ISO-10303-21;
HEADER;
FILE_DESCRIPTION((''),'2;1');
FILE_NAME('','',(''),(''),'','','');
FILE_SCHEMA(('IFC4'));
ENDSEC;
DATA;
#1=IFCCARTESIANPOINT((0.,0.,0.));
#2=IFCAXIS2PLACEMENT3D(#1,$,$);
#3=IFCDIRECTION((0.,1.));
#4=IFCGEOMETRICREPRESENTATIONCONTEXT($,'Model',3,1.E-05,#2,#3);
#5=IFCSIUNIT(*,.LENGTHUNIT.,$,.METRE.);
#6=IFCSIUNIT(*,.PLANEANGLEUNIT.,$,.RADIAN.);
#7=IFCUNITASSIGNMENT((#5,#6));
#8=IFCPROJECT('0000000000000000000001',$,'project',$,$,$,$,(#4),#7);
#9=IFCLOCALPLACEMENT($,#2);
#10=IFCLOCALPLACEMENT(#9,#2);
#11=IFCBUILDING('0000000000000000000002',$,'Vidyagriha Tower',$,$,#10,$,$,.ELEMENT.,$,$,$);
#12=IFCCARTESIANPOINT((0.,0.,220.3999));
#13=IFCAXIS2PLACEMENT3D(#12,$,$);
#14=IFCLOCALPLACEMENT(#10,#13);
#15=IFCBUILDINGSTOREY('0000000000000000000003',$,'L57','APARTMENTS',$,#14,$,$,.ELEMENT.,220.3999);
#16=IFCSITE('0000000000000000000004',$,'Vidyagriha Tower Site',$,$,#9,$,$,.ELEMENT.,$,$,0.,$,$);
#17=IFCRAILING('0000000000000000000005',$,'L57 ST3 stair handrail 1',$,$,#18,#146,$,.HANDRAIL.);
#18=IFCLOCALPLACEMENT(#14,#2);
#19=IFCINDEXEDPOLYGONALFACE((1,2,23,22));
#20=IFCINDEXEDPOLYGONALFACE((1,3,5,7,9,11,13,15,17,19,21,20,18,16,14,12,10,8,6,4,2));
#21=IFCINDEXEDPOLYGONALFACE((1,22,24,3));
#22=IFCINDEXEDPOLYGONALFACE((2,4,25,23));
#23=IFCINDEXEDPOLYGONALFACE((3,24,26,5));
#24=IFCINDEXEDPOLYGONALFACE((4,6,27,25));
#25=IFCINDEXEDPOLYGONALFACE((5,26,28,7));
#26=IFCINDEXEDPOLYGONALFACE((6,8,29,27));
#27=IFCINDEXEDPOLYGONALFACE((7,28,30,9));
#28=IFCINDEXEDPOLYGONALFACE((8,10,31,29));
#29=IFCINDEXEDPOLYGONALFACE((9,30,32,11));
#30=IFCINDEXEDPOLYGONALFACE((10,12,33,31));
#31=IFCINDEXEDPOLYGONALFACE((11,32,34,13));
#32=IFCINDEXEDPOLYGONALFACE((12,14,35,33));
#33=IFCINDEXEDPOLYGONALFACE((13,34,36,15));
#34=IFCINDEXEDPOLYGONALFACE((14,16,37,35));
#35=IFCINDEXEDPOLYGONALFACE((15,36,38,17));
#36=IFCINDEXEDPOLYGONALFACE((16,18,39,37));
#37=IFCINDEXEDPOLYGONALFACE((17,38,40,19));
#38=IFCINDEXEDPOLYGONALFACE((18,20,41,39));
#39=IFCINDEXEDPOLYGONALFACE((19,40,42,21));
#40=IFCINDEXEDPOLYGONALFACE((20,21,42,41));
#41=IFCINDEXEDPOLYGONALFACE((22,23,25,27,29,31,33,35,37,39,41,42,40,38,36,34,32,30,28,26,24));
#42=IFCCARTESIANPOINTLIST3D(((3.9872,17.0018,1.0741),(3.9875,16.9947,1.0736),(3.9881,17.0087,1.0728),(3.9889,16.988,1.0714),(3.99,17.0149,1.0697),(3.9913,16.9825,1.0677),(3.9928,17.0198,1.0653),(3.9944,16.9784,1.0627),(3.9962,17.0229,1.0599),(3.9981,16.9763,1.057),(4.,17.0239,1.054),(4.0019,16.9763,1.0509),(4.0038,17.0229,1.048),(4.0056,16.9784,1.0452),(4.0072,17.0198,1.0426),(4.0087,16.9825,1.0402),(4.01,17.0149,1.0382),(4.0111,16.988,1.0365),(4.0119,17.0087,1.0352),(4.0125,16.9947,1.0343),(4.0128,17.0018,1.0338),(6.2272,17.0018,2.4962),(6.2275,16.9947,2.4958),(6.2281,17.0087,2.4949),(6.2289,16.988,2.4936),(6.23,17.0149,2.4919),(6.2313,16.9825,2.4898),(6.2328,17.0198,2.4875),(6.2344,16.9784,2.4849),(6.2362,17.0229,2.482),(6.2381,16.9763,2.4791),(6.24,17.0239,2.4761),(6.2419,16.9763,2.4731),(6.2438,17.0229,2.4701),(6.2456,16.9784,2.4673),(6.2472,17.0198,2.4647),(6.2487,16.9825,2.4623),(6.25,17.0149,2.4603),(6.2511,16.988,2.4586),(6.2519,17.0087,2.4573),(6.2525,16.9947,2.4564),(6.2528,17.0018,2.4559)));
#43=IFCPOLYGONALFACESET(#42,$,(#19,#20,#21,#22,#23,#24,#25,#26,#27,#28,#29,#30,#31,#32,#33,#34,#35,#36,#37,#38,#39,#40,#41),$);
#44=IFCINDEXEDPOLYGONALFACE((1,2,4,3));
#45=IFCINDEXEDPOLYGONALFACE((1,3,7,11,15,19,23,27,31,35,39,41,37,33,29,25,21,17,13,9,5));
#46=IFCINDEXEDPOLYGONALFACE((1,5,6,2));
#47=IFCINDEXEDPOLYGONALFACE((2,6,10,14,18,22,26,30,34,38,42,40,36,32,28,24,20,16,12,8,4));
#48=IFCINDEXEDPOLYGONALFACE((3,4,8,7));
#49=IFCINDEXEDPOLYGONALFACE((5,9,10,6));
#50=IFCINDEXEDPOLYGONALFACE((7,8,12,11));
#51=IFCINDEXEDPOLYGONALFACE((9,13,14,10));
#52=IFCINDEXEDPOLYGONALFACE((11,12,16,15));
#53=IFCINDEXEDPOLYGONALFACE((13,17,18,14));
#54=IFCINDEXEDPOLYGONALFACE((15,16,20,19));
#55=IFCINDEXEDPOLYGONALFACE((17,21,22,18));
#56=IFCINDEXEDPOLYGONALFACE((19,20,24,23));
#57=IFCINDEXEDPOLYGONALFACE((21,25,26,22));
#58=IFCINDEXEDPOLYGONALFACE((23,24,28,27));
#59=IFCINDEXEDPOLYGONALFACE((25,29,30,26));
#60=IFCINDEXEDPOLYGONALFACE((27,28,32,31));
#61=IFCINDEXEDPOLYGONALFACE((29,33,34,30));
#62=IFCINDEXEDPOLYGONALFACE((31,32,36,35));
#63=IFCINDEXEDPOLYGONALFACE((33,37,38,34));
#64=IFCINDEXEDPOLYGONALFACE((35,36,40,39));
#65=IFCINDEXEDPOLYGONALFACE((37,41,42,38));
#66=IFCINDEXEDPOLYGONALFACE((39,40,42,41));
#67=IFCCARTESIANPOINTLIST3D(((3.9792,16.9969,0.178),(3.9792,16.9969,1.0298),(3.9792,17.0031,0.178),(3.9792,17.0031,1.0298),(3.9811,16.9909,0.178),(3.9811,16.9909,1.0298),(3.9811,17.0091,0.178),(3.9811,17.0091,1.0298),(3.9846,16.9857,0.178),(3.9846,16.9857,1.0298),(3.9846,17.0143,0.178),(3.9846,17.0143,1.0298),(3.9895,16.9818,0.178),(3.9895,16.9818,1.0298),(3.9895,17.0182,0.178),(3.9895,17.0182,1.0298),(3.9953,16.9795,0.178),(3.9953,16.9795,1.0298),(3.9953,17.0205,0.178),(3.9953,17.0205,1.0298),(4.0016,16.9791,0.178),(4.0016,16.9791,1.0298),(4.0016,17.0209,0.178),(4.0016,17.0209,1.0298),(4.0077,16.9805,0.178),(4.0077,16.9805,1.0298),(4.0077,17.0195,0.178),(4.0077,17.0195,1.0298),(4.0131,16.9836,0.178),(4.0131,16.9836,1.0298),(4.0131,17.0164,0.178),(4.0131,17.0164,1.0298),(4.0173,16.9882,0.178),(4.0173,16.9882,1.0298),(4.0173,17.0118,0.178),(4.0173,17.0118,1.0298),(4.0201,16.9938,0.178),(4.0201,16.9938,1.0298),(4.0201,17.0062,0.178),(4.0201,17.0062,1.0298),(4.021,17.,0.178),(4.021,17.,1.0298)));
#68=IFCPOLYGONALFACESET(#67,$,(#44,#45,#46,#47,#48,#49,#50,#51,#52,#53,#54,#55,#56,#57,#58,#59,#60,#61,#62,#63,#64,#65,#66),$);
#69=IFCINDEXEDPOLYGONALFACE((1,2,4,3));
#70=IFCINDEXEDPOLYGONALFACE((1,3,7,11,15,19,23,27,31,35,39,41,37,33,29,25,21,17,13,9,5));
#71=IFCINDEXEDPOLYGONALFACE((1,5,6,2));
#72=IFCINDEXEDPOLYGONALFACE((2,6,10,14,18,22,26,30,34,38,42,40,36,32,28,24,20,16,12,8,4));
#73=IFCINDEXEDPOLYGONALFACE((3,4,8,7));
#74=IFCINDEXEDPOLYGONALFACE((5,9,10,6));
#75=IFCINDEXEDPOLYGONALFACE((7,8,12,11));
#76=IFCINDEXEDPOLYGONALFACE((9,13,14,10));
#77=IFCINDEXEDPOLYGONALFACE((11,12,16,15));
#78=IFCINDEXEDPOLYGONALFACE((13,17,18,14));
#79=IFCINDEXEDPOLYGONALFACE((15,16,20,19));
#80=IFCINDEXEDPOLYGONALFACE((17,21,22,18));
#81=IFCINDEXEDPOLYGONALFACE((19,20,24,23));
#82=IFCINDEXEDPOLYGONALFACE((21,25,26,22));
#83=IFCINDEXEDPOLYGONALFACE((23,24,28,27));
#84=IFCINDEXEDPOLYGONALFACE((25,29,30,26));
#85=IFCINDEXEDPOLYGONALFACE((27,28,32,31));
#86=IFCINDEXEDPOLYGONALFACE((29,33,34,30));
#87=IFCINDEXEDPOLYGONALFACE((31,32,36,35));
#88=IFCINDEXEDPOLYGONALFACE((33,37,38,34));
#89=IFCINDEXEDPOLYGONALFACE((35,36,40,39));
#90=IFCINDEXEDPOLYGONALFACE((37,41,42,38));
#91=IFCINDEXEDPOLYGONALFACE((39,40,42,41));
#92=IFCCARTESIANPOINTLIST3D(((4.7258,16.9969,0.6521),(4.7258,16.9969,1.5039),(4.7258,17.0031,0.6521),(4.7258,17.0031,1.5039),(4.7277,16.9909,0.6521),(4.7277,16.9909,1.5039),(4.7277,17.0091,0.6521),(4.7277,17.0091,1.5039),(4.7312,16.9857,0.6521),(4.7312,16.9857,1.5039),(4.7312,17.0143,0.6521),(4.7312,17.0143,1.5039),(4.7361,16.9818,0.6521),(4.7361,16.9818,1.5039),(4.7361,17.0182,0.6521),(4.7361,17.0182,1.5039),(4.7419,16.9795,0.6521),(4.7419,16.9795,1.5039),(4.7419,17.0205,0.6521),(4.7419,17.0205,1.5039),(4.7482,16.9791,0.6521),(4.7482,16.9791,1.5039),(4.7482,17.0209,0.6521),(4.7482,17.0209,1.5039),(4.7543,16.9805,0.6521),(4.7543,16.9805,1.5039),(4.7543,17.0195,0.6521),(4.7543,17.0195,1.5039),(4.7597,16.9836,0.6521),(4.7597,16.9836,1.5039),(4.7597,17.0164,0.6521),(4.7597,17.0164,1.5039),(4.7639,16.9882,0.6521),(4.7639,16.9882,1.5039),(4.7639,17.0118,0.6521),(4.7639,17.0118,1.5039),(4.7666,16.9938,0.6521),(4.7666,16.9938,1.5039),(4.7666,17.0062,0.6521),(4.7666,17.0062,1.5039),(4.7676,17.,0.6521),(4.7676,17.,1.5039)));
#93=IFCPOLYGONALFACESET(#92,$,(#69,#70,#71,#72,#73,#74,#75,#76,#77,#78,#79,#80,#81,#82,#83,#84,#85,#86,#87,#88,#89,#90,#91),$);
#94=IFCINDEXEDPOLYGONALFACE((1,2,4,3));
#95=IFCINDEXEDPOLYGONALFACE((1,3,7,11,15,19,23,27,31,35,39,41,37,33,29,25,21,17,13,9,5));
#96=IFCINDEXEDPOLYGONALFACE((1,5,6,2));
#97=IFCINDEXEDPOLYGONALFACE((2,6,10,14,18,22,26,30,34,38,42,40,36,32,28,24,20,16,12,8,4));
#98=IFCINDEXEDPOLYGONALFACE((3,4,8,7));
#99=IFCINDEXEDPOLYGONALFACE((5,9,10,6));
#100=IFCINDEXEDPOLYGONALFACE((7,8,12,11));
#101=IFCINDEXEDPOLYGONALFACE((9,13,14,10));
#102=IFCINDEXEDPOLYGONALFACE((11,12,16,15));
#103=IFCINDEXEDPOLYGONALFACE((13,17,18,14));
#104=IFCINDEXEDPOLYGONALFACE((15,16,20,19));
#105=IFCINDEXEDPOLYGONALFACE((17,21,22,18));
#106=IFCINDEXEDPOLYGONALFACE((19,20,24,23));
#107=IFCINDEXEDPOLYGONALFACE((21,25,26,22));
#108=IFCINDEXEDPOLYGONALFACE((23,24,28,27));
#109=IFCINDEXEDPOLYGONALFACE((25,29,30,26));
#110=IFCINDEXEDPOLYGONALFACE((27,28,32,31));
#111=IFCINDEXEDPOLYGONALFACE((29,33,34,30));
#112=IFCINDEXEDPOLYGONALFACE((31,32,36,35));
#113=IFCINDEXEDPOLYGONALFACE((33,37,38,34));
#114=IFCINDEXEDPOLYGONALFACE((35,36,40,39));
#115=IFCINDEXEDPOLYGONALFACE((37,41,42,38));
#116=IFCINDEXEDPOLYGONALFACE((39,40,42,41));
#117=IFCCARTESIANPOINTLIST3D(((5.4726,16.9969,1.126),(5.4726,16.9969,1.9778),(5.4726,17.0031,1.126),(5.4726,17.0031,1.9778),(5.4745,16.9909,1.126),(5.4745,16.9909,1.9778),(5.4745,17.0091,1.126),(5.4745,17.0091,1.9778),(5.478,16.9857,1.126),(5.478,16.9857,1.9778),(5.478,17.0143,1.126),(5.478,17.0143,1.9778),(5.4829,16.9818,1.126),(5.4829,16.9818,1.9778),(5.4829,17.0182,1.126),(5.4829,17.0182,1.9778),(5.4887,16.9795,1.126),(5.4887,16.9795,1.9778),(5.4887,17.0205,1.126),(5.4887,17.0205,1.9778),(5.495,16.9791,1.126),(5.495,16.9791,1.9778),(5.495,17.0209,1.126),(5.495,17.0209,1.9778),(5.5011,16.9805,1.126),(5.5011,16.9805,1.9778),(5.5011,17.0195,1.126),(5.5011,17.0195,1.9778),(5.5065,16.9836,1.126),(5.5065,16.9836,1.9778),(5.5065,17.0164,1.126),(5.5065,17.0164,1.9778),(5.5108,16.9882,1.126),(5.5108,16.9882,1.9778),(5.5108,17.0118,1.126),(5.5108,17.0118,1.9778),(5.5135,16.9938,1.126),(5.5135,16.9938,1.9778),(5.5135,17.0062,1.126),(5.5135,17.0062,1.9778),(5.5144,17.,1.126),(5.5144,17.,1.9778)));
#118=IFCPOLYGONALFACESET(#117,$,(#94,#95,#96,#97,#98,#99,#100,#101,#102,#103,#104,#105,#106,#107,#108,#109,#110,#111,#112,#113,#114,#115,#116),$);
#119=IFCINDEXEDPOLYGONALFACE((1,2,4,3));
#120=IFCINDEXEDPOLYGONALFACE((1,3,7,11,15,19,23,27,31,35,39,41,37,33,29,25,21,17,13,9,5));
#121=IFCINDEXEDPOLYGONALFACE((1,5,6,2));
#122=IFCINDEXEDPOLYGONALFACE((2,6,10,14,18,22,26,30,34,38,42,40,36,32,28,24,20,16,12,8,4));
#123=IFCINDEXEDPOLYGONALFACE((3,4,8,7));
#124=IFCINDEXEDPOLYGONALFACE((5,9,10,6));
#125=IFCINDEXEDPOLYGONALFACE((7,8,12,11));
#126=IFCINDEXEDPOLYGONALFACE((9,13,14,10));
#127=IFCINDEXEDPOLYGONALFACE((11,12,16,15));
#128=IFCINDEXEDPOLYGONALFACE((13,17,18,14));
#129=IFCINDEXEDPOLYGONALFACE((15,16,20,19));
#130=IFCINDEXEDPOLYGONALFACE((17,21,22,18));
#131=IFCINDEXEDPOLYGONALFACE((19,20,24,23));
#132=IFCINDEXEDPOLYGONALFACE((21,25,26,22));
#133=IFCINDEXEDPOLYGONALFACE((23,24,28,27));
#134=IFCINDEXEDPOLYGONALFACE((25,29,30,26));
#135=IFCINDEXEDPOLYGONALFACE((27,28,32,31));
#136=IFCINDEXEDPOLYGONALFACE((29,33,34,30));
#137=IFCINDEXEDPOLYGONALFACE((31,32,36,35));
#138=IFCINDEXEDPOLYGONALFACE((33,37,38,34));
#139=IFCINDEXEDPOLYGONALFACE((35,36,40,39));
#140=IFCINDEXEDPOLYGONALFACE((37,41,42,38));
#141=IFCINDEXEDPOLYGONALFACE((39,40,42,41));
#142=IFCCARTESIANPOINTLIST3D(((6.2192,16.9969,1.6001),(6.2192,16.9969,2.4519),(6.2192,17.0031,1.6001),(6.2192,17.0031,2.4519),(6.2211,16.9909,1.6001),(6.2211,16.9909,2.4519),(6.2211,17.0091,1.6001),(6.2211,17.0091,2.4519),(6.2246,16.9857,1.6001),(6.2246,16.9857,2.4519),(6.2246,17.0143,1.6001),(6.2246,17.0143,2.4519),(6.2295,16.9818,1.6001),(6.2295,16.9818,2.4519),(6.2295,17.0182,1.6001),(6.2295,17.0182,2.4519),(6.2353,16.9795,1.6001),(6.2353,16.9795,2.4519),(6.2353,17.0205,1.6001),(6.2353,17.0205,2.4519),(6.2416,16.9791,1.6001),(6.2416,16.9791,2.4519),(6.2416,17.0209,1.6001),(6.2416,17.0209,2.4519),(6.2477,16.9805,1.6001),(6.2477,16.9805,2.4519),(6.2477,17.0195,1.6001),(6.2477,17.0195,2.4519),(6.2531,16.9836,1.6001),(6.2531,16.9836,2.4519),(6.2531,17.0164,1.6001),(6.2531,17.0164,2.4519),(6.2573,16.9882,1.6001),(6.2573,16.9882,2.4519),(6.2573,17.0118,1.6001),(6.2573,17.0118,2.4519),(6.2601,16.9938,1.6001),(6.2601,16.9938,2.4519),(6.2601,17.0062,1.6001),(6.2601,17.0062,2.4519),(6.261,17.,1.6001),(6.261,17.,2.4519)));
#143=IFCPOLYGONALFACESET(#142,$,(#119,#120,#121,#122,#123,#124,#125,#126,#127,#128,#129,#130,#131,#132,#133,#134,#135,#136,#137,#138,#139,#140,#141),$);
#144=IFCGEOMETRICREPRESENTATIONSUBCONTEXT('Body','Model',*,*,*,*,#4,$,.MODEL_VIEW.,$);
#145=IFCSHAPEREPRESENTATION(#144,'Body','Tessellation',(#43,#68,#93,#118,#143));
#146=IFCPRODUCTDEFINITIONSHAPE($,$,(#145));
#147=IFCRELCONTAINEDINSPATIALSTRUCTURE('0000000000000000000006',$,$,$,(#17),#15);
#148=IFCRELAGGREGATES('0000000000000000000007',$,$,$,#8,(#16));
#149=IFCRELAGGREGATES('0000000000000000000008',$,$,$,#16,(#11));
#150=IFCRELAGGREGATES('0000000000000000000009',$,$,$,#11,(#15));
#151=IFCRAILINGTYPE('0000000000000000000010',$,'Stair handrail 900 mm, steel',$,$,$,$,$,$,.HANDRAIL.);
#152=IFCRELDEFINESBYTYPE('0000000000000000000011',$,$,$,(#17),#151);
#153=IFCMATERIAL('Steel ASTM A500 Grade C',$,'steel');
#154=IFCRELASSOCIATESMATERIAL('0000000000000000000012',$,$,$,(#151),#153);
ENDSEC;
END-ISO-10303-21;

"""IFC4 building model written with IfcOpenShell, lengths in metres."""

from ifc_helpers import new_model, si_unit, direction, frame, origin, origin_2d, place, context, subcontext, project, spatial, circle, extrude, material, type_object, element, save


model = new_model("IFC4")

# Units and contexts
model_context = context("Model", 3, precision=1e-05, world=origin(), true_north=direction((0.0, 1.0)))
body_context = subcontext(model_context, "Body", "Model", "MODEL_VIEW")
ifc_project = project(units=[si_unit("LENGTHUNIT", "METRE"), si_unit("PLANEANGLEUNIT", "RADIAN")], contexts=[model_context])

# Site, building, storey
site_placement = place(None, origin())
site = spatial("IfcSite", under=ifc_project, at=site_placement, Name="Vidyagriha Tower Site", CompositionType="ELEMENT", RefElevation=0.0)
building_placement = place(site_placement, origin())
building = spatial("IfcBuilding", under=site, at=building_placement, Name="Vidyagriha Tower", CompositionType="ELEMENT")
storey_placement = place(building_placement, frame((0.0, 0.0, 220.3999)))
storey = spatial("IfcBuildingStorey", under=building, at=storey_placement, Name="L57", Description="APARTMENTS", CompositionType="ELEMENT", Elevation=220.3999)

# Railing
ifc_material_1 = material(Name="Steel ASTM A500 Grade C", Category="steel")
railing_type_1 = type_object("IfcRailingType", Name="Stair handrail 900 mm, steel", PredefinedType="HANDRAIL", material=ifc_material_1)
railing_1_placement = place(storey_placement, frame((4.0, 17.0, 0.178)))
element("IfcRailing", 1, at=railing_1_placement, inside=storey, type_object=railing_type_1, Name="L57 ST3 stair handrail 1", PredefinedType="HANDRAIL", context=body_context, shape_type="SweptSolid", body=[
    extrude(circle(Radius=0.0239, at=origin_2d()), frame((0.0, 0.0, 0.876), z_axis=(0.844229, 0.0, 0.535982), x_axis=(0.0, 1.0, 0.0)), (0.0, 0.0, 1.0), 2.6533),
    extrude(circle(Radius=0.021, at=origin_2d()), origin(), (0.0, 0.0, 1.0), 0.8518),
    extrude(circle(Radius=0.021, at=origin_2d()), frame((0.7466, 0.0, 0.4741)), (0.0, 0.0, 1.0), 0.8518),
    extrude(circle(Radius=0.021, at=origin_2d()), frame((1.4934, 0.0, 0.948)), (0.0, 0.0, 1.0), 0.8518),
    extrude(circle(Radius=0.021, at=origin_2d()), frame((2.24, 0.0, 1.4221)), (0.0, 0.0, 1.0), 0.8518),
])

save(model, "model.ifc")
